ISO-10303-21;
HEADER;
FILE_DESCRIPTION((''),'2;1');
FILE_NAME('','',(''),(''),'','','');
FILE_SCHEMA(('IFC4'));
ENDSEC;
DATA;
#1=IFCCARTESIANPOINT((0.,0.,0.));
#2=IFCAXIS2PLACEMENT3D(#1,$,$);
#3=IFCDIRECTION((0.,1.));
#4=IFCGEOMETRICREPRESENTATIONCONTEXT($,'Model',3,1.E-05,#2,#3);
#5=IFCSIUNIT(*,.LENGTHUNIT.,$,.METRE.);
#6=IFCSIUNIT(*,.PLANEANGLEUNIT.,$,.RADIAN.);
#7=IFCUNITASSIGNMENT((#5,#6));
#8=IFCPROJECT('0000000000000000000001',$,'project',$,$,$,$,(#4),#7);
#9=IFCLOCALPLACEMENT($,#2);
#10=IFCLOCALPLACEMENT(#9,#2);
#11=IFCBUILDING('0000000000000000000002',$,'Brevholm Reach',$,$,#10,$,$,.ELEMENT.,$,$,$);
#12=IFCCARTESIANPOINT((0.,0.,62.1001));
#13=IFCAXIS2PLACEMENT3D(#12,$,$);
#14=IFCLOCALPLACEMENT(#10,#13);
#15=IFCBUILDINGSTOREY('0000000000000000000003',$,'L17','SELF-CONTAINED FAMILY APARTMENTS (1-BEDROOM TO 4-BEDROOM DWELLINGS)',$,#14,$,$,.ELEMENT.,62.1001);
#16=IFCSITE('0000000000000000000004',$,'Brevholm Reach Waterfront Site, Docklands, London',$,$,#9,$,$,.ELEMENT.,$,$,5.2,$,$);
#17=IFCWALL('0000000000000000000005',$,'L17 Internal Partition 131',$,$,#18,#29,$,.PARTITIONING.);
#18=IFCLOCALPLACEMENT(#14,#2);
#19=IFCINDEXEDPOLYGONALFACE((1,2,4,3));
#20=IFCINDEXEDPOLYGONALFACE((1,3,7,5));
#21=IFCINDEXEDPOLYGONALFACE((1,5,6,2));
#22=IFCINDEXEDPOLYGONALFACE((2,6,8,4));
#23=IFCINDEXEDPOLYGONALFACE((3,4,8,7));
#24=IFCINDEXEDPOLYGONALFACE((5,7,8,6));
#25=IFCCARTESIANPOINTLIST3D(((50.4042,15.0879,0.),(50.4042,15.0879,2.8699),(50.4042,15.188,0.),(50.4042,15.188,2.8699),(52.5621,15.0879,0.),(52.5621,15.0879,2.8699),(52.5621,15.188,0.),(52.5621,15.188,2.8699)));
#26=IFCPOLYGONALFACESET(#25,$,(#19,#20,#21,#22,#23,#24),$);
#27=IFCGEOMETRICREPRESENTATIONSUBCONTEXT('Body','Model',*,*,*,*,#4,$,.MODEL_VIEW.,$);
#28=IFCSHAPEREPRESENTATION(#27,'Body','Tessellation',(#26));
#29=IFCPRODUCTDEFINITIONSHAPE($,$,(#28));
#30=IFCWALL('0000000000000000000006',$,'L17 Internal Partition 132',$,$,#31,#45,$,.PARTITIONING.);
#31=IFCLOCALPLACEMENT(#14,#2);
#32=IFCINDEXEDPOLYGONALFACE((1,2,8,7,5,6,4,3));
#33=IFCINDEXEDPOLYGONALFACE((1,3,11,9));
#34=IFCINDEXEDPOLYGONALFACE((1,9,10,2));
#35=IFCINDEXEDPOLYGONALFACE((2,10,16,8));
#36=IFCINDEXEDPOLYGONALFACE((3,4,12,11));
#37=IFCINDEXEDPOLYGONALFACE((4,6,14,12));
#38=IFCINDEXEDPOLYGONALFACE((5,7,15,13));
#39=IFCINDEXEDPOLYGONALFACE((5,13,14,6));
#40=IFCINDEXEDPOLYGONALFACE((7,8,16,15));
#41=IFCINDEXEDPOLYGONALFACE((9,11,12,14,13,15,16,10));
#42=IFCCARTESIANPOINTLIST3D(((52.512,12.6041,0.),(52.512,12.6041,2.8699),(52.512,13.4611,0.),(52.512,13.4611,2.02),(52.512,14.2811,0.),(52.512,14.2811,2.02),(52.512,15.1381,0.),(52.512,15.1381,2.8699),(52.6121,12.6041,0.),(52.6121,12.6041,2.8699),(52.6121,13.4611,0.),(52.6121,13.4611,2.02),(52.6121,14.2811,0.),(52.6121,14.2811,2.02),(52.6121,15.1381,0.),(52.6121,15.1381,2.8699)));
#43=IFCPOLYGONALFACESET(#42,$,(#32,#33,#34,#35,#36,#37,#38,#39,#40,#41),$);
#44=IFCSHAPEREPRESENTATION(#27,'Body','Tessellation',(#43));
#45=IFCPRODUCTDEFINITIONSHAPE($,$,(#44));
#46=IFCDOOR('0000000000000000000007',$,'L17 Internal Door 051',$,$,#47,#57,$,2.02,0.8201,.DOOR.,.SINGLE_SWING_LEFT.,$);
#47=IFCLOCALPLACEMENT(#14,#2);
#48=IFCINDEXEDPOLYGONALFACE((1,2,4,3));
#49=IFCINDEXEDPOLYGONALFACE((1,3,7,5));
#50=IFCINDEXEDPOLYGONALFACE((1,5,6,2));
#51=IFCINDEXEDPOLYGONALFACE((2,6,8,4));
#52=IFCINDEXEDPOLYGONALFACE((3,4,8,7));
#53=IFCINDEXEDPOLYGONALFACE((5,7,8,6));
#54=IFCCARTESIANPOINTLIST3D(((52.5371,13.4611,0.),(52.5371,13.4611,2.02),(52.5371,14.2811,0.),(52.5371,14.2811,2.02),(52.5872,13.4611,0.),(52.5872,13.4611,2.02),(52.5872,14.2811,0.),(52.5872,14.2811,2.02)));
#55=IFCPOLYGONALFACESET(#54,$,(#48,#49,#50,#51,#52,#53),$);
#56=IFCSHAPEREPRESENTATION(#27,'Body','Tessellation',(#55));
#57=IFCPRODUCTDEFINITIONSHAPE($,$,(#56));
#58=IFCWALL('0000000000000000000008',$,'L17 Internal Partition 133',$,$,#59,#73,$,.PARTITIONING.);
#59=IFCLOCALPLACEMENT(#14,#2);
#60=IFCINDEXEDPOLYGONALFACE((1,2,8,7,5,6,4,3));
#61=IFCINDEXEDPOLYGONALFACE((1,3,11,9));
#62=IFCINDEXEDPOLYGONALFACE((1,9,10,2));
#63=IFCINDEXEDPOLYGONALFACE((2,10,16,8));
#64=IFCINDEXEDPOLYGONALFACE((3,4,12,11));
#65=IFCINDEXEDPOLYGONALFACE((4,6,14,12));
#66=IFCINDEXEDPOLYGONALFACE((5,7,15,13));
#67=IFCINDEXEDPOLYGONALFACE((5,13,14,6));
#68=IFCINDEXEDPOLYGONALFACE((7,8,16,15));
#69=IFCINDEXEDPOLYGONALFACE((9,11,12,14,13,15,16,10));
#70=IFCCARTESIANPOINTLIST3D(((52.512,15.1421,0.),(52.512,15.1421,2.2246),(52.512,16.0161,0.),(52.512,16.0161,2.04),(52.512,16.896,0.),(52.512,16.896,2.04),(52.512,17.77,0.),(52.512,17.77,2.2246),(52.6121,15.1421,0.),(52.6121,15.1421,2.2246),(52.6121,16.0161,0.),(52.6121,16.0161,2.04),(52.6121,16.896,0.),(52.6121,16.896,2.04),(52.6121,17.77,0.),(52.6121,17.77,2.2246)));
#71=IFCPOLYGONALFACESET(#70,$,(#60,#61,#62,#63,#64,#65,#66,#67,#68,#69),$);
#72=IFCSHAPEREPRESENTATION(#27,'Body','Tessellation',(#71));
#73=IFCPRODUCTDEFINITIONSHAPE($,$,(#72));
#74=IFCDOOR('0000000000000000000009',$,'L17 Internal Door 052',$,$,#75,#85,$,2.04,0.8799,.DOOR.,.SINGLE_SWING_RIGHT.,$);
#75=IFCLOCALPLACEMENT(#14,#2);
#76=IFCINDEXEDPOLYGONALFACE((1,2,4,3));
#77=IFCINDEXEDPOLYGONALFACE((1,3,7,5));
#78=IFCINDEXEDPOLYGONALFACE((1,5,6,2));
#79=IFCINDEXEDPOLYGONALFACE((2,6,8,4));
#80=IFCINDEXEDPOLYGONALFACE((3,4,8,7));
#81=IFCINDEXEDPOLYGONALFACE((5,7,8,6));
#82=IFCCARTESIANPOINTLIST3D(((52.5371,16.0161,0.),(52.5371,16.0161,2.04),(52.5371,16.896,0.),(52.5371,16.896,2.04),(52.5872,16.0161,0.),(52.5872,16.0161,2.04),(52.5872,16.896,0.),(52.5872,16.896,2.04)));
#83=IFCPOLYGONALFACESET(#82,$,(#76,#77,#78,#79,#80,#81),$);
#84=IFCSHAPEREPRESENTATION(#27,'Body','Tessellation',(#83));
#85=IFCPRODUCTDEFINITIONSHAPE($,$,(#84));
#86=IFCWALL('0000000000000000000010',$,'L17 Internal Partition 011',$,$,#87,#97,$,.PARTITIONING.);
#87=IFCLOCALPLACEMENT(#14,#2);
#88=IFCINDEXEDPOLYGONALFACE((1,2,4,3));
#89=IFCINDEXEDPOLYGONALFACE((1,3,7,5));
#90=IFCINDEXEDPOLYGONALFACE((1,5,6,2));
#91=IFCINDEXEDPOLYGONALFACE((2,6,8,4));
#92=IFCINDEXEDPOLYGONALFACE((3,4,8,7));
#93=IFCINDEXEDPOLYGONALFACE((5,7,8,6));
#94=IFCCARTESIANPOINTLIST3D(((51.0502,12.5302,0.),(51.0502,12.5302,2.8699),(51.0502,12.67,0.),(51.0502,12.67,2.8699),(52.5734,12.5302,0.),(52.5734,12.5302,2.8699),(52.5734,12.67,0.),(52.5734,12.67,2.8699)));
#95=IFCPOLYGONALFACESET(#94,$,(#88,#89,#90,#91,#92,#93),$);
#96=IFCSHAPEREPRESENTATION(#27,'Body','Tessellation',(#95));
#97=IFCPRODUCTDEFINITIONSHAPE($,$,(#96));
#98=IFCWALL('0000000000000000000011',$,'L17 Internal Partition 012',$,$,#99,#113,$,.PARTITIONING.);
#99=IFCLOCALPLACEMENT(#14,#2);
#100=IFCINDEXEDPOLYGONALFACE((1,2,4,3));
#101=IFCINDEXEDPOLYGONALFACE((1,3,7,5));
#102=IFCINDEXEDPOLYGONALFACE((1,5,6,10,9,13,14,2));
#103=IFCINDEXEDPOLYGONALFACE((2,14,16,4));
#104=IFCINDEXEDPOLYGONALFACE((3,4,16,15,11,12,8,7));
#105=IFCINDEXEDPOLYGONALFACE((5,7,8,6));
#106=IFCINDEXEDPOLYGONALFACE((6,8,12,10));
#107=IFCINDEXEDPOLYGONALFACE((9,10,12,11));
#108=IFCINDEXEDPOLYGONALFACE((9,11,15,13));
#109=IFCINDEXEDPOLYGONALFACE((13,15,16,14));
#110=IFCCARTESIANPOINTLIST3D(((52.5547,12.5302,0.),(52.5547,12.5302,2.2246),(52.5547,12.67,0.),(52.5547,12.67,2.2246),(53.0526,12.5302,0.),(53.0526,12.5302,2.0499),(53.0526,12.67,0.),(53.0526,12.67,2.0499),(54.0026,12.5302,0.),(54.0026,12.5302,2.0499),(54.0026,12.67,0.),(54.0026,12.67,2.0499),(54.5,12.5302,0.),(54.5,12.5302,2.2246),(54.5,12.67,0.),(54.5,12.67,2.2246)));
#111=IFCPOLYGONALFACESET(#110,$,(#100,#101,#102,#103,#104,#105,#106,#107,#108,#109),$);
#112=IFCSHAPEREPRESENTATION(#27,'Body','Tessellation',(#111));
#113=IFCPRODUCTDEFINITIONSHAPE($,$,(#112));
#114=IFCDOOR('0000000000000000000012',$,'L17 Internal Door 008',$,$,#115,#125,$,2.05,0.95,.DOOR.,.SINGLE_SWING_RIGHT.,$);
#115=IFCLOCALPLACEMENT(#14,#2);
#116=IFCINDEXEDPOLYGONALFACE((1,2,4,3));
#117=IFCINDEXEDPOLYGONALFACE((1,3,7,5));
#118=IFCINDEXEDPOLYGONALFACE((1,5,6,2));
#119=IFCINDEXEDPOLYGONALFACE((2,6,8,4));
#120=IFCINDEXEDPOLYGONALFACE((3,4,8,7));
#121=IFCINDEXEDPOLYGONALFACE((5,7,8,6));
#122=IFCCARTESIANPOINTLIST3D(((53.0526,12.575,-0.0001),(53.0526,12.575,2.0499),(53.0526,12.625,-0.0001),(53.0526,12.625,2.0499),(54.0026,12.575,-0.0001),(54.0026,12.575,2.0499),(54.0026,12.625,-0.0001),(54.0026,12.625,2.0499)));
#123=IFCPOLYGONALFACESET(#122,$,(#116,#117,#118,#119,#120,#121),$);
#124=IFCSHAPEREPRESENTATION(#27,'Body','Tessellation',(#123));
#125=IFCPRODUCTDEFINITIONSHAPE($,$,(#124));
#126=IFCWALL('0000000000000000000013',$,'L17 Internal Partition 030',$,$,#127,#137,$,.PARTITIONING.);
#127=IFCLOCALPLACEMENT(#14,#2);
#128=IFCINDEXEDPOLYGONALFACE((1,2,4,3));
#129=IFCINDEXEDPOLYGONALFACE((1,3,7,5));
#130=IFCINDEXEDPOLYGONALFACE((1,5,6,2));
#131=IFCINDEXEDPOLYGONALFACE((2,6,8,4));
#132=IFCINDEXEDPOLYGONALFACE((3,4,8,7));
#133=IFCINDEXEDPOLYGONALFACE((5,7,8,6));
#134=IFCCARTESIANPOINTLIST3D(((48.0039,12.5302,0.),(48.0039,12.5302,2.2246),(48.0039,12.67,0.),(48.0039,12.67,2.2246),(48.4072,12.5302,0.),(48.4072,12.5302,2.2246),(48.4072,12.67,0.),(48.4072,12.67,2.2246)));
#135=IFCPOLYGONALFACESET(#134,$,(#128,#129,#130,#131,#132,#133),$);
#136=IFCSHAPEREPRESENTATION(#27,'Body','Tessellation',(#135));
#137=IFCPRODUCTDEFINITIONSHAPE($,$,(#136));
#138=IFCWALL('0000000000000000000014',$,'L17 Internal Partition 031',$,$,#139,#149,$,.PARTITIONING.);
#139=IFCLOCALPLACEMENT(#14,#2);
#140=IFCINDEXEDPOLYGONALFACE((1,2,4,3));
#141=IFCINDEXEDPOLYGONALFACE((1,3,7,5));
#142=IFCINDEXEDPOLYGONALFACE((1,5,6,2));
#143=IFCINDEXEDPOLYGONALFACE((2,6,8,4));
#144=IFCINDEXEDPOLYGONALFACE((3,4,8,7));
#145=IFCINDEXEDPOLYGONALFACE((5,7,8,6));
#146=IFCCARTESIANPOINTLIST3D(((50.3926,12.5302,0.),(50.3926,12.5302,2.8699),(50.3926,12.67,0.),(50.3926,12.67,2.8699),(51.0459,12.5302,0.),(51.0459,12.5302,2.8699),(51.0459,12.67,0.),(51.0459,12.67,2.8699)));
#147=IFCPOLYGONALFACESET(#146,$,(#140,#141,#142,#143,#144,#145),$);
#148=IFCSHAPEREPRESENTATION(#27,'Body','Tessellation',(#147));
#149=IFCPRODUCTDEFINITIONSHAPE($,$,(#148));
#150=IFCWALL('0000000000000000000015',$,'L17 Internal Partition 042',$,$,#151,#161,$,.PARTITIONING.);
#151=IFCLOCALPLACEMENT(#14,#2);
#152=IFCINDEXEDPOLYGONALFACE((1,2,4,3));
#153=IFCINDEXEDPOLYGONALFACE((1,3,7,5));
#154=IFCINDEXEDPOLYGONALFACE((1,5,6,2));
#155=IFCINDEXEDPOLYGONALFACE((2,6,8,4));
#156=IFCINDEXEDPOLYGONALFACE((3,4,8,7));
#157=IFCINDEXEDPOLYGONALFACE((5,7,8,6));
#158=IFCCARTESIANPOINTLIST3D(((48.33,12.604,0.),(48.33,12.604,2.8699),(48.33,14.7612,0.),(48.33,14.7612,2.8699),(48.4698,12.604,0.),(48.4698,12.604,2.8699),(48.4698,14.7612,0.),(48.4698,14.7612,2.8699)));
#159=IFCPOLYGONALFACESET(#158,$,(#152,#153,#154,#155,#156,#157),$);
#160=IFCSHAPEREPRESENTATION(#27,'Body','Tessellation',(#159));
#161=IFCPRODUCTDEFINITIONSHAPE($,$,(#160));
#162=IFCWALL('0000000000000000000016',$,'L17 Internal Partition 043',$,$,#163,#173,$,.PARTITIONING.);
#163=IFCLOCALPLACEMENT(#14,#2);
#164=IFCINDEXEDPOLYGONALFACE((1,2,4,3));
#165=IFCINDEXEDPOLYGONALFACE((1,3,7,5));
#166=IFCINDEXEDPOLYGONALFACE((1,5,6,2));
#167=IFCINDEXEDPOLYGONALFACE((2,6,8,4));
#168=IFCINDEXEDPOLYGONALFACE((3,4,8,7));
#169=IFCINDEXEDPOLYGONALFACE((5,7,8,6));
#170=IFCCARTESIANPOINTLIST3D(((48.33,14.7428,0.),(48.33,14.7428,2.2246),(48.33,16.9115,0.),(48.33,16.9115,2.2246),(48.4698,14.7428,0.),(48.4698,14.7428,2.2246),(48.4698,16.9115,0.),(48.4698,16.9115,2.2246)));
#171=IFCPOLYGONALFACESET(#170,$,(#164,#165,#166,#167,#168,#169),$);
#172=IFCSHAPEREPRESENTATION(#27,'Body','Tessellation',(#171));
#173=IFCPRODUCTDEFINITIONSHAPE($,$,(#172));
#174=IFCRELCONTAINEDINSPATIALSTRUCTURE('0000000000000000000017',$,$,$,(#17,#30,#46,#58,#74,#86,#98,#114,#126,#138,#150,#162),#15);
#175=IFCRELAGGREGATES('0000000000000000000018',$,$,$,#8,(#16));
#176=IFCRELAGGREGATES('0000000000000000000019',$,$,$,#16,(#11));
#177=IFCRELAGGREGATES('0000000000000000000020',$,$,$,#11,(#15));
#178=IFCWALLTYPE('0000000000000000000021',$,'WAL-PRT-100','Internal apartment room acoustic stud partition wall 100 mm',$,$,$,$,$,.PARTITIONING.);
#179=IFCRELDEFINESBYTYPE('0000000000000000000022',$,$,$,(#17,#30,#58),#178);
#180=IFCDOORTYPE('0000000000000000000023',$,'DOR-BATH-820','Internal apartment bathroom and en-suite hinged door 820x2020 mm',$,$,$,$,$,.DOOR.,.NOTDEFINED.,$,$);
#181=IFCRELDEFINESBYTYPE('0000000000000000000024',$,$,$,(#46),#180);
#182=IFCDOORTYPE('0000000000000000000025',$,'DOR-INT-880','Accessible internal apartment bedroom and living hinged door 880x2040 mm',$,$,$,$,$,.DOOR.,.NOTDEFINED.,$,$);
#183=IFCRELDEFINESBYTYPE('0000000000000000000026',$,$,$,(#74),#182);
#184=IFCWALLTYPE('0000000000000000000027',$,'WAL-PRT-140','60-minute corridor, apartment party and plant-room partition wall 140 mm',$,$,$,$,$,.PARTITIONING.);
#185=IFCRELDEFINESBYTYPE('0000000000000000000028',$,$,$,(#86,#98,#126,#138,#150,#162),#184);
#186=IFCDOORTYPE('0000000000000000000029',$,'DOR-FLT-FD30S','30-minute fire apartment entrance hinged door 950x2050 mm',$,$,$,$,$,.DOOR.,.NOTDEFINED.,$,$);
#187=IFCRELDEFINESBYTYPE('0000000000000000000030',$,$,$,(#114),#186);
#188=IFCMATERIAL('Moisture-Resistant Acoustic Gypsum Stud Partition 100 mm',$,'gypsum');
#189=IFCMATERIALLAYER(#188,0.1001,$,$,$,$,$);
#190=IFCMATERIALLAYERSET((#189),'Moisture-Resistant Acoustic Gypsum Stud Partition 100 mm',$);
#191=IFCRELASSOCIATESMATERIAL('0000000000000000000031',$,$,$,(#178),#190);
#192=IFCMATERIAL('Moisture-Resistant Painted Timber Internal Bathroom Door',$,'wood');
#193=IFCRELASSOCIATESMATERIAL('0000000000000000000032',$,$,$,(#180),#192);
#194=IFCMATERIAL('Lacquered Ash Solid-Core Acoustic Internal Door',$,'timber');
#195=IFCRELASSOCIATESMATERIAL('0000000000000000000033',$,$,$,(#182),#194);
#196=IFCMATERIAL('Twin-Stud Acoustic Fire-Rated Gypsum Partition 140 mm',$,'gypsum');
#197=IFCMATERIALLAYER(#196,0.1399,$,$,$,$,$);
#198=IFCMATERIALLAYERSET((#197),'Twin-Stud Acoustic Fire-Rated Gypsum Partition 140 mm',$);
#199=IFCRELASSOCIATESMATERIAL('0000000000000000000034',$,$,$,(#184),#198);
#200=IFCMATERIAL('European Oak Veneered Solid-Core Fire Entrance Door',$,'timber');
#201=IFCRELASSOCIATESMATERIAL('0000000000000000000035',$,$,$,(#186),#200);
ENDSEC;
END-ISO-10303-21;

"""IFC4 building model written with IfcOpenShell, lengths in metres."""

from ifc_helpers import new_model, si_unit, direction, frame, frame_2d, origin, place, context, subcontext, project, spatial, rectangle, extrude, material, layer, layer_set, type_object, element, fill, save


model = new_model("IFC4")

# Units and contexts
model_context = context("Model", 3, precision=1e-05, world=origin(), true_north=direction((0.0, 1.0)))
body_context = subcontext(model_context, "Body", "Model", "MODEL_VIEW")
ifc_project = project(units=[si_unit("LENGTHUNIT", "METRE"), si_unit("PLANEANGLEUNIT", "RADIAN")], contexts=[model_context])

# Site, building, storey
site_placement = place(None, origin())
site = spatial("IfcSite", under=ifc_project, at=site_placement, Name="Brevholm Reach Waterfront Site, Docklands, London", CompositionType="ELEMENT", RefElevation=5.2)
building_placement = place(site_placement, origin())
building = spatial("IfcBuilding", under=site, at=building_placement, Name="Brevholm Reach", CompositionType="ELEMENT")
storey_placement = place(building_placement, frame((0.0, 0.0, 62.1001)))
storey = spatial("IfcBuildingStorey", under=building, at=storey_placement, Name="L17", Description="SELF-CONTAINED FAMILY APARTMENTS (1-BEDROOM TO 4-BEDROOM DWELLINGS)", CompositionType="ELEMENT", Elevation=62.1001)

# Wall
ifc_material_1 = material(Name="Moisture-Resistant Acoustic Gypsum Stud Partition 100 mm", Category="gypsum")
ifc_layer_1 = layer(ifc_material_1, 0.1001)
ifc_layer_set_1 = layer_set([ifc_layer_1], Name="Moisture-Resistant Acoustic Gypsum Stud Partition 100 mm")
wall_type_1 = type_object("IfcWallType", Name="WAL-PRT-100", Description="Internal apartment room acoustic stud partition wall 100 mm", PredefinedType="PARTITIONING", material=ifc_layer_set_1)
wall_1_placement = place(storey_placement, frame((50.4041, 15.1379, 0.0), z_axis=(0.0, 0.0, 1.0), x_axis=(1.0, 0.0, 0.0)))
element("IfcWall", 1, at=wall_1_placement, inside=storey, type_object=wall_type_1, Name="L17 Internal Partition 131", PredefinedType="PARTITIONING", context=body_context, shape_type="SweptSolid", body=[
    extrude(rectangle(XDim=2.158, YDim=0.1001, at=frame_2d((1.0791, 0.0))), origin(), (0.0, 0.0, 1.0), 2.8699),
])

# Walls, openings, doors
wall_2_placement = place(storey_placement, frame((52.562, 12.604, 0.0), z_axis=(0.0, 0.0, 1.0), x_axis=(0.0, 1.0, 0.0)))
wall_2 = element("IfcWall", 2, at=wall_2_placement, inside=storey, type_object=wall_type_1, Name="L17 Internal Partition 132", PredefinedType="PARTITIONING", context=body_context, shape_type="SweptSolid", body=[
    extrude(rectangle(XDim=2.5339, YDim=0.1001, at=frame_2d((1.2671, 0.0))), origin(), (0.0, 0.0, 1.0), 2.8699),
])
opening_1_placement = place(wall_2_placement, frame((0.8569, 0.0, 0.0)))
opening_1 = element("IfcOpeningElement", 3, at=opening_1_placement, cuts=wall_2, PredefinedType="OPENING", context=body_context, shape_type="SweptSolid", body=[
    extrude(rectangle(XDim=0.8201, YDim=2.02, at=frame_2d((0.4102, 1.01))), frame((0.0, 0.0601, 0.0), z_axis=(0.0, -1.0, 0.0), x_axis=(1.0, 0.0, 0.0)), (0.0, 0.0, 1.0), 0.1201),
])
ifc_material_2 = material(Name="Moisture-Resistant Painted Timber Internal Bathroom Door", Category="wood")
door_type_1 = type_object("IfcDoorType", Name="DOR-BATH-820", Description="Internal apartment bathroom and en-suite hinged door 820x2020 mm", OperationType="NOTDEFINED", PredefinedType="DOOR", material=ifc_material_2)
door_1_placement = place(opening_1_placement, origin())
door_1 = element("IfcDoor", 4, at=door_1_placement, inside=storey, type_object=door_type_1, Name="L17 Internal Door 051", OperationType="SINGLE_SWING_LEFT", OverallHeight=2.02, OverallWidth=0.8201, PredefinedType="DOOR", context=body_context, shape_type="SweptSolid", body=[
    extrude(rectangle(XDim=0.8201, YDim=2.02, at=frame_2d((0.4102, 1.01))), frame((0.0, 0.0249, 0.0), z_axis=(0.0, -1.0, 0.0), x_axis=(1.0, 0.0, 0.0)), (0.0, 0.0, 1.0), 0.05),
])
fill(opening_1, door_1)
wall_3_placement = place(storey_placement, frame((52.562, 15.1421, 0.0), z_axis=(0.0, 0.0, 1.0), x_axis=(0.0, 1.0, 0.0)))
wall_3 = element("IfcWall", 5, at=wall_3_placement, inside=storey, type_object=wall_type_1, Name="L17 Internal Partition 133", PredefinedType="PARTITIONING", context=body_context, shape_type="SweptSolid", body=[
    extrude(rectangle(XDim=2.6279, YDim=0.1001, at=frame_2d((1.314, 0.0))), origin(), (0.0, 0.0, 1.0), 2.2246),
])
opening_2_placement = place(wall_3_placement, frame((0.874, 0.0, 0.0)))
opening_2 = element("IfcOpeningElement", 6, at=opening_2_placement, cuts=wall_3, PredefinedType="OPENING", context=body_context, shape_type="SweptSolid", body=[
    extrude(rectangle(XDim=0.8799, YDim=2.04, at=frame_2d((0.4399, 1.02))), frame((0.0, 0.0601, 0.0), z_axis=(0.0, -1.0, 0.0), x_axis=(1.0, 0.0, 0.0)), (0.0, 0.0, 1.0), 0.1201),
])
ifc_material_3 = material(Name="Lacquered Ash Solid-Core Acoustic Internal Door", Category="timber")
door_type_2 = type_object("IfcDoorType", Name="DOR-INT-880", Description="Accessible internal apartment bedroom and living hinged door 880x2040 mm", OperationType="NOTDEFINED", PredefinedType="DOOR", material=ifc_material_3)
door_2_placement = place(opening_2_placement, origin())
door_2 = element("IfcDoor", 7, at=door_2_placement, inside=storey, type_object=door_type_2, Name="L17 Internal Door 052", OperationType="SINGLE_SWING_RIGHT", OverallHeight=2.04, OverallWidth=0.8799, PredefinedType="DOOR", context=body_context, shape_type="SweptSolid", body=[
    extrude(rectangle(XDim=0.8799, YDim=2.04, at=frame_2d((0.4399, 1.02))), frame((0.0, 0.0249, 0.0), z_axis=(0.0, -1.0, 0.0), x_axis=(1.0, 0.0, 0.0)), (0.0, 0.0, 1.0), 0.05),
])
fill(opening_2, door_2)

# Wall
ifc_material_4 = material(Name="Twin-Stud Acoustic Fire-Rated Gypsum Partition 140 mm", Category="gypsum")
ifc_layer_2 = layer(ifc_material_4, 0.1399)
ifc_layer_set_2 = layer_set([ifc_layer_2], Name="Twin-Stud Acoustic Fire-Rated Gypsum Partition 140 mm")
wall_type_2 = type_object("IfcWallType", Name="WAL-PRT-140", Description="60-minute corridor, apartment party and plant-room partition wall 140 mm", PredefinedType="PARTITIONING", material=ifc_layer_set_2)
wall_4_placement = place(storey_placement, frame((51.05, 12.6001, 0.0), z_axis=(0.0, 0.0, 1.0), x_axis=(1.0, 0.0, 0.0)))
element("IfcWall", 8, at=wall_4_placement, inside=storey, type_object=wall_type_2, Name="L17 Internal Partition 011", PredefinedType="PARTITIONING", context=body_context, shape_type="SweptSolid", body=[
    extrude(rectangle(XDim=1.5232, YDim=0.1399, at=frame_2d((0.7617, 0.0))), origin(), (0.0, 0.0, 1.0), 2.8699),
])

# Wall, opening, door
wall_5_placement = place(storey_placement, frame((52.5547, 12.6001, 0.0), z_axis=(0.0, 0.0, 1.0), x_axis=(1.0, 0.0, 0.0)))
wall_5 = element("IfcWall", 9, at=wall_5_placement, inside=storey, type_object=wall_type_2, Name="L17 Internal Partition 012", PredefinedType="PARTITIONING", context=body_context, shape_type="SweptSolid", body=[
    extrude(rectangle(XDim=1.9453, YDim=0.1399, at=frame_2d((0.9727, 0.0))), origin(), (0.0, 0.0, 1.0), 2.2246),
])
opening_3_placement = place(wall_5_placement, frame((0.4978, 0.0, 0.0)))
opening_3 = element("IfcOpeningElement", 10, at=opening_3_placement, cuts=wall_5, PredefinedType="OPENING", context=body_context, shape_type="SweptSolid", body=[
    extrude(rectangle(XDim=0.95, YDim=2.05, at=frame_2d((0.4751, 1.0249))), frame((0.0, 0.0798, 0.0), z_axis=(0.0, -1.0, 0.0), x_axis=(1.0, 0.0, 0.0)), (0.0, 0.0, 1.0), 0.1599),
])
ifc_material_5 = material(Name="European Oak Veneered Solid-Core Fire Entrance Door", Category="timber")
door_type_3 = type_object("IfcDoorType", Name="DOR-FLT-FD30S", Description="30-minute fire apartment entrance hinged door 950x2050 mm", OperationType="NOTDEFINED", PredefinedType="DOOR", material=ifc_material_5)
door_3_placement = place(opening_3_placement, origin())
door_3 = element("IfcDoor", 11, at=door_3_placement, inside=storey, type_object=door_type_3, Name="L17 Internal Door 008", OperationType="SINGLE_SWING_RIGHT", OverallHeight=2.05, OverallWidth=0.95, PredefinedType="DOOR", context=body_context, shape_type="SweptSolid", body=[
    extrude(rectangle(XDim=0.95, YDim=2.05, at=frame_2d((0.4751, 1.0249))), frame((0.0, 0.0249, 0.0), z_axis=(0.0, -1.0, 0.0), x_axis=(1.0, 0.0, 0.0)), (0.0, 0.0, 1.0), 0.05),
])
fill(opening_3, door_3)

# Walls
wall_6_placement = place(storey_placement, frame((48.0039, 12.6001, 0.0), z_axis=(0.0, 0.0, 1.0), x_axis=(1.0, 0.0, 0.0)))
element("IfcWall", 12, at=wall_6_placement, inside=storey, type_object=wall_type_2, Name="L17 Internal Partition 030", PredefinedType="PARTITIONING", context=body_context, shape_type="SweptSolid", body=[
    extrude(rectangle(XDim=0.4033, YDim=0.1399, at=frame_2d((0.2017, 0.0))), origin(), (0.0, 0.0, 1.0), 2.2246),
])
wall_7_placement = place(storey_placement, frame((50.3926, 12.6001, 0.0), z_axis=(0.0, 0.0, 1.0), x_axis=(1.0, 0.0, 0.0)))
element("IfcWall", 13, at=wall_7_placement, inside=storey, type_object=wall_type_2, Name="L17 Internal Partition 031", PredefinedType="PARTITIONING", context=body_context, shape_type="SweptSolid", body=[
    extrude(rectangle(XDim=0.6533, YDim=0.1399, at=frame_2d((0.3267, 0.0))), origin(), (0.0, 0.0, 1.0), 2.8699),
])
wall_8_placement = place(storey_placement, frame((48.3999, 12.604, 0.0), z_axis=(0.0, 0.0, 1.0), x_axis=(0.0, 1.0, 0.0)))
element("IfcWall", 14, at=wall_8_placement, inside=storey, type_object=wall_type_2, Name="L17 Internal Partition 042", PredefinedType="PARTITIONING", context=body_context, shape_type="SweptSolid", body=[
    extrude(rectangle(XDim=2.1572, YDim=0.1399, at=frame_2d((1.0786, 0.0))), origin(), (0.0, 0.0, 1.0), 2.8699),
])
wall_9_placement = place(storey_placement, frame((48.3999, 14.7427, 0.0), z_axis=(0.0, 0.0, 1.0), x_axis=(0.0, 1.0, 0.0)))
element("IfcWall", 15, at=wall_9_placement, inside=storey, type_object=wall_type_2, Name="L17 Internal Partition 043", PredefinedType="PARTITIONING", context=body_context, shape_type="SweptSolid", body=[
    extrude(rectangle(XDim=2.1687, YDim=0.1399, at=frame_2d((1.0845, 0.0))), origin(), (0.0, 0.0, 1.0), 2.2246),
])

save(model, "model.ifc")
